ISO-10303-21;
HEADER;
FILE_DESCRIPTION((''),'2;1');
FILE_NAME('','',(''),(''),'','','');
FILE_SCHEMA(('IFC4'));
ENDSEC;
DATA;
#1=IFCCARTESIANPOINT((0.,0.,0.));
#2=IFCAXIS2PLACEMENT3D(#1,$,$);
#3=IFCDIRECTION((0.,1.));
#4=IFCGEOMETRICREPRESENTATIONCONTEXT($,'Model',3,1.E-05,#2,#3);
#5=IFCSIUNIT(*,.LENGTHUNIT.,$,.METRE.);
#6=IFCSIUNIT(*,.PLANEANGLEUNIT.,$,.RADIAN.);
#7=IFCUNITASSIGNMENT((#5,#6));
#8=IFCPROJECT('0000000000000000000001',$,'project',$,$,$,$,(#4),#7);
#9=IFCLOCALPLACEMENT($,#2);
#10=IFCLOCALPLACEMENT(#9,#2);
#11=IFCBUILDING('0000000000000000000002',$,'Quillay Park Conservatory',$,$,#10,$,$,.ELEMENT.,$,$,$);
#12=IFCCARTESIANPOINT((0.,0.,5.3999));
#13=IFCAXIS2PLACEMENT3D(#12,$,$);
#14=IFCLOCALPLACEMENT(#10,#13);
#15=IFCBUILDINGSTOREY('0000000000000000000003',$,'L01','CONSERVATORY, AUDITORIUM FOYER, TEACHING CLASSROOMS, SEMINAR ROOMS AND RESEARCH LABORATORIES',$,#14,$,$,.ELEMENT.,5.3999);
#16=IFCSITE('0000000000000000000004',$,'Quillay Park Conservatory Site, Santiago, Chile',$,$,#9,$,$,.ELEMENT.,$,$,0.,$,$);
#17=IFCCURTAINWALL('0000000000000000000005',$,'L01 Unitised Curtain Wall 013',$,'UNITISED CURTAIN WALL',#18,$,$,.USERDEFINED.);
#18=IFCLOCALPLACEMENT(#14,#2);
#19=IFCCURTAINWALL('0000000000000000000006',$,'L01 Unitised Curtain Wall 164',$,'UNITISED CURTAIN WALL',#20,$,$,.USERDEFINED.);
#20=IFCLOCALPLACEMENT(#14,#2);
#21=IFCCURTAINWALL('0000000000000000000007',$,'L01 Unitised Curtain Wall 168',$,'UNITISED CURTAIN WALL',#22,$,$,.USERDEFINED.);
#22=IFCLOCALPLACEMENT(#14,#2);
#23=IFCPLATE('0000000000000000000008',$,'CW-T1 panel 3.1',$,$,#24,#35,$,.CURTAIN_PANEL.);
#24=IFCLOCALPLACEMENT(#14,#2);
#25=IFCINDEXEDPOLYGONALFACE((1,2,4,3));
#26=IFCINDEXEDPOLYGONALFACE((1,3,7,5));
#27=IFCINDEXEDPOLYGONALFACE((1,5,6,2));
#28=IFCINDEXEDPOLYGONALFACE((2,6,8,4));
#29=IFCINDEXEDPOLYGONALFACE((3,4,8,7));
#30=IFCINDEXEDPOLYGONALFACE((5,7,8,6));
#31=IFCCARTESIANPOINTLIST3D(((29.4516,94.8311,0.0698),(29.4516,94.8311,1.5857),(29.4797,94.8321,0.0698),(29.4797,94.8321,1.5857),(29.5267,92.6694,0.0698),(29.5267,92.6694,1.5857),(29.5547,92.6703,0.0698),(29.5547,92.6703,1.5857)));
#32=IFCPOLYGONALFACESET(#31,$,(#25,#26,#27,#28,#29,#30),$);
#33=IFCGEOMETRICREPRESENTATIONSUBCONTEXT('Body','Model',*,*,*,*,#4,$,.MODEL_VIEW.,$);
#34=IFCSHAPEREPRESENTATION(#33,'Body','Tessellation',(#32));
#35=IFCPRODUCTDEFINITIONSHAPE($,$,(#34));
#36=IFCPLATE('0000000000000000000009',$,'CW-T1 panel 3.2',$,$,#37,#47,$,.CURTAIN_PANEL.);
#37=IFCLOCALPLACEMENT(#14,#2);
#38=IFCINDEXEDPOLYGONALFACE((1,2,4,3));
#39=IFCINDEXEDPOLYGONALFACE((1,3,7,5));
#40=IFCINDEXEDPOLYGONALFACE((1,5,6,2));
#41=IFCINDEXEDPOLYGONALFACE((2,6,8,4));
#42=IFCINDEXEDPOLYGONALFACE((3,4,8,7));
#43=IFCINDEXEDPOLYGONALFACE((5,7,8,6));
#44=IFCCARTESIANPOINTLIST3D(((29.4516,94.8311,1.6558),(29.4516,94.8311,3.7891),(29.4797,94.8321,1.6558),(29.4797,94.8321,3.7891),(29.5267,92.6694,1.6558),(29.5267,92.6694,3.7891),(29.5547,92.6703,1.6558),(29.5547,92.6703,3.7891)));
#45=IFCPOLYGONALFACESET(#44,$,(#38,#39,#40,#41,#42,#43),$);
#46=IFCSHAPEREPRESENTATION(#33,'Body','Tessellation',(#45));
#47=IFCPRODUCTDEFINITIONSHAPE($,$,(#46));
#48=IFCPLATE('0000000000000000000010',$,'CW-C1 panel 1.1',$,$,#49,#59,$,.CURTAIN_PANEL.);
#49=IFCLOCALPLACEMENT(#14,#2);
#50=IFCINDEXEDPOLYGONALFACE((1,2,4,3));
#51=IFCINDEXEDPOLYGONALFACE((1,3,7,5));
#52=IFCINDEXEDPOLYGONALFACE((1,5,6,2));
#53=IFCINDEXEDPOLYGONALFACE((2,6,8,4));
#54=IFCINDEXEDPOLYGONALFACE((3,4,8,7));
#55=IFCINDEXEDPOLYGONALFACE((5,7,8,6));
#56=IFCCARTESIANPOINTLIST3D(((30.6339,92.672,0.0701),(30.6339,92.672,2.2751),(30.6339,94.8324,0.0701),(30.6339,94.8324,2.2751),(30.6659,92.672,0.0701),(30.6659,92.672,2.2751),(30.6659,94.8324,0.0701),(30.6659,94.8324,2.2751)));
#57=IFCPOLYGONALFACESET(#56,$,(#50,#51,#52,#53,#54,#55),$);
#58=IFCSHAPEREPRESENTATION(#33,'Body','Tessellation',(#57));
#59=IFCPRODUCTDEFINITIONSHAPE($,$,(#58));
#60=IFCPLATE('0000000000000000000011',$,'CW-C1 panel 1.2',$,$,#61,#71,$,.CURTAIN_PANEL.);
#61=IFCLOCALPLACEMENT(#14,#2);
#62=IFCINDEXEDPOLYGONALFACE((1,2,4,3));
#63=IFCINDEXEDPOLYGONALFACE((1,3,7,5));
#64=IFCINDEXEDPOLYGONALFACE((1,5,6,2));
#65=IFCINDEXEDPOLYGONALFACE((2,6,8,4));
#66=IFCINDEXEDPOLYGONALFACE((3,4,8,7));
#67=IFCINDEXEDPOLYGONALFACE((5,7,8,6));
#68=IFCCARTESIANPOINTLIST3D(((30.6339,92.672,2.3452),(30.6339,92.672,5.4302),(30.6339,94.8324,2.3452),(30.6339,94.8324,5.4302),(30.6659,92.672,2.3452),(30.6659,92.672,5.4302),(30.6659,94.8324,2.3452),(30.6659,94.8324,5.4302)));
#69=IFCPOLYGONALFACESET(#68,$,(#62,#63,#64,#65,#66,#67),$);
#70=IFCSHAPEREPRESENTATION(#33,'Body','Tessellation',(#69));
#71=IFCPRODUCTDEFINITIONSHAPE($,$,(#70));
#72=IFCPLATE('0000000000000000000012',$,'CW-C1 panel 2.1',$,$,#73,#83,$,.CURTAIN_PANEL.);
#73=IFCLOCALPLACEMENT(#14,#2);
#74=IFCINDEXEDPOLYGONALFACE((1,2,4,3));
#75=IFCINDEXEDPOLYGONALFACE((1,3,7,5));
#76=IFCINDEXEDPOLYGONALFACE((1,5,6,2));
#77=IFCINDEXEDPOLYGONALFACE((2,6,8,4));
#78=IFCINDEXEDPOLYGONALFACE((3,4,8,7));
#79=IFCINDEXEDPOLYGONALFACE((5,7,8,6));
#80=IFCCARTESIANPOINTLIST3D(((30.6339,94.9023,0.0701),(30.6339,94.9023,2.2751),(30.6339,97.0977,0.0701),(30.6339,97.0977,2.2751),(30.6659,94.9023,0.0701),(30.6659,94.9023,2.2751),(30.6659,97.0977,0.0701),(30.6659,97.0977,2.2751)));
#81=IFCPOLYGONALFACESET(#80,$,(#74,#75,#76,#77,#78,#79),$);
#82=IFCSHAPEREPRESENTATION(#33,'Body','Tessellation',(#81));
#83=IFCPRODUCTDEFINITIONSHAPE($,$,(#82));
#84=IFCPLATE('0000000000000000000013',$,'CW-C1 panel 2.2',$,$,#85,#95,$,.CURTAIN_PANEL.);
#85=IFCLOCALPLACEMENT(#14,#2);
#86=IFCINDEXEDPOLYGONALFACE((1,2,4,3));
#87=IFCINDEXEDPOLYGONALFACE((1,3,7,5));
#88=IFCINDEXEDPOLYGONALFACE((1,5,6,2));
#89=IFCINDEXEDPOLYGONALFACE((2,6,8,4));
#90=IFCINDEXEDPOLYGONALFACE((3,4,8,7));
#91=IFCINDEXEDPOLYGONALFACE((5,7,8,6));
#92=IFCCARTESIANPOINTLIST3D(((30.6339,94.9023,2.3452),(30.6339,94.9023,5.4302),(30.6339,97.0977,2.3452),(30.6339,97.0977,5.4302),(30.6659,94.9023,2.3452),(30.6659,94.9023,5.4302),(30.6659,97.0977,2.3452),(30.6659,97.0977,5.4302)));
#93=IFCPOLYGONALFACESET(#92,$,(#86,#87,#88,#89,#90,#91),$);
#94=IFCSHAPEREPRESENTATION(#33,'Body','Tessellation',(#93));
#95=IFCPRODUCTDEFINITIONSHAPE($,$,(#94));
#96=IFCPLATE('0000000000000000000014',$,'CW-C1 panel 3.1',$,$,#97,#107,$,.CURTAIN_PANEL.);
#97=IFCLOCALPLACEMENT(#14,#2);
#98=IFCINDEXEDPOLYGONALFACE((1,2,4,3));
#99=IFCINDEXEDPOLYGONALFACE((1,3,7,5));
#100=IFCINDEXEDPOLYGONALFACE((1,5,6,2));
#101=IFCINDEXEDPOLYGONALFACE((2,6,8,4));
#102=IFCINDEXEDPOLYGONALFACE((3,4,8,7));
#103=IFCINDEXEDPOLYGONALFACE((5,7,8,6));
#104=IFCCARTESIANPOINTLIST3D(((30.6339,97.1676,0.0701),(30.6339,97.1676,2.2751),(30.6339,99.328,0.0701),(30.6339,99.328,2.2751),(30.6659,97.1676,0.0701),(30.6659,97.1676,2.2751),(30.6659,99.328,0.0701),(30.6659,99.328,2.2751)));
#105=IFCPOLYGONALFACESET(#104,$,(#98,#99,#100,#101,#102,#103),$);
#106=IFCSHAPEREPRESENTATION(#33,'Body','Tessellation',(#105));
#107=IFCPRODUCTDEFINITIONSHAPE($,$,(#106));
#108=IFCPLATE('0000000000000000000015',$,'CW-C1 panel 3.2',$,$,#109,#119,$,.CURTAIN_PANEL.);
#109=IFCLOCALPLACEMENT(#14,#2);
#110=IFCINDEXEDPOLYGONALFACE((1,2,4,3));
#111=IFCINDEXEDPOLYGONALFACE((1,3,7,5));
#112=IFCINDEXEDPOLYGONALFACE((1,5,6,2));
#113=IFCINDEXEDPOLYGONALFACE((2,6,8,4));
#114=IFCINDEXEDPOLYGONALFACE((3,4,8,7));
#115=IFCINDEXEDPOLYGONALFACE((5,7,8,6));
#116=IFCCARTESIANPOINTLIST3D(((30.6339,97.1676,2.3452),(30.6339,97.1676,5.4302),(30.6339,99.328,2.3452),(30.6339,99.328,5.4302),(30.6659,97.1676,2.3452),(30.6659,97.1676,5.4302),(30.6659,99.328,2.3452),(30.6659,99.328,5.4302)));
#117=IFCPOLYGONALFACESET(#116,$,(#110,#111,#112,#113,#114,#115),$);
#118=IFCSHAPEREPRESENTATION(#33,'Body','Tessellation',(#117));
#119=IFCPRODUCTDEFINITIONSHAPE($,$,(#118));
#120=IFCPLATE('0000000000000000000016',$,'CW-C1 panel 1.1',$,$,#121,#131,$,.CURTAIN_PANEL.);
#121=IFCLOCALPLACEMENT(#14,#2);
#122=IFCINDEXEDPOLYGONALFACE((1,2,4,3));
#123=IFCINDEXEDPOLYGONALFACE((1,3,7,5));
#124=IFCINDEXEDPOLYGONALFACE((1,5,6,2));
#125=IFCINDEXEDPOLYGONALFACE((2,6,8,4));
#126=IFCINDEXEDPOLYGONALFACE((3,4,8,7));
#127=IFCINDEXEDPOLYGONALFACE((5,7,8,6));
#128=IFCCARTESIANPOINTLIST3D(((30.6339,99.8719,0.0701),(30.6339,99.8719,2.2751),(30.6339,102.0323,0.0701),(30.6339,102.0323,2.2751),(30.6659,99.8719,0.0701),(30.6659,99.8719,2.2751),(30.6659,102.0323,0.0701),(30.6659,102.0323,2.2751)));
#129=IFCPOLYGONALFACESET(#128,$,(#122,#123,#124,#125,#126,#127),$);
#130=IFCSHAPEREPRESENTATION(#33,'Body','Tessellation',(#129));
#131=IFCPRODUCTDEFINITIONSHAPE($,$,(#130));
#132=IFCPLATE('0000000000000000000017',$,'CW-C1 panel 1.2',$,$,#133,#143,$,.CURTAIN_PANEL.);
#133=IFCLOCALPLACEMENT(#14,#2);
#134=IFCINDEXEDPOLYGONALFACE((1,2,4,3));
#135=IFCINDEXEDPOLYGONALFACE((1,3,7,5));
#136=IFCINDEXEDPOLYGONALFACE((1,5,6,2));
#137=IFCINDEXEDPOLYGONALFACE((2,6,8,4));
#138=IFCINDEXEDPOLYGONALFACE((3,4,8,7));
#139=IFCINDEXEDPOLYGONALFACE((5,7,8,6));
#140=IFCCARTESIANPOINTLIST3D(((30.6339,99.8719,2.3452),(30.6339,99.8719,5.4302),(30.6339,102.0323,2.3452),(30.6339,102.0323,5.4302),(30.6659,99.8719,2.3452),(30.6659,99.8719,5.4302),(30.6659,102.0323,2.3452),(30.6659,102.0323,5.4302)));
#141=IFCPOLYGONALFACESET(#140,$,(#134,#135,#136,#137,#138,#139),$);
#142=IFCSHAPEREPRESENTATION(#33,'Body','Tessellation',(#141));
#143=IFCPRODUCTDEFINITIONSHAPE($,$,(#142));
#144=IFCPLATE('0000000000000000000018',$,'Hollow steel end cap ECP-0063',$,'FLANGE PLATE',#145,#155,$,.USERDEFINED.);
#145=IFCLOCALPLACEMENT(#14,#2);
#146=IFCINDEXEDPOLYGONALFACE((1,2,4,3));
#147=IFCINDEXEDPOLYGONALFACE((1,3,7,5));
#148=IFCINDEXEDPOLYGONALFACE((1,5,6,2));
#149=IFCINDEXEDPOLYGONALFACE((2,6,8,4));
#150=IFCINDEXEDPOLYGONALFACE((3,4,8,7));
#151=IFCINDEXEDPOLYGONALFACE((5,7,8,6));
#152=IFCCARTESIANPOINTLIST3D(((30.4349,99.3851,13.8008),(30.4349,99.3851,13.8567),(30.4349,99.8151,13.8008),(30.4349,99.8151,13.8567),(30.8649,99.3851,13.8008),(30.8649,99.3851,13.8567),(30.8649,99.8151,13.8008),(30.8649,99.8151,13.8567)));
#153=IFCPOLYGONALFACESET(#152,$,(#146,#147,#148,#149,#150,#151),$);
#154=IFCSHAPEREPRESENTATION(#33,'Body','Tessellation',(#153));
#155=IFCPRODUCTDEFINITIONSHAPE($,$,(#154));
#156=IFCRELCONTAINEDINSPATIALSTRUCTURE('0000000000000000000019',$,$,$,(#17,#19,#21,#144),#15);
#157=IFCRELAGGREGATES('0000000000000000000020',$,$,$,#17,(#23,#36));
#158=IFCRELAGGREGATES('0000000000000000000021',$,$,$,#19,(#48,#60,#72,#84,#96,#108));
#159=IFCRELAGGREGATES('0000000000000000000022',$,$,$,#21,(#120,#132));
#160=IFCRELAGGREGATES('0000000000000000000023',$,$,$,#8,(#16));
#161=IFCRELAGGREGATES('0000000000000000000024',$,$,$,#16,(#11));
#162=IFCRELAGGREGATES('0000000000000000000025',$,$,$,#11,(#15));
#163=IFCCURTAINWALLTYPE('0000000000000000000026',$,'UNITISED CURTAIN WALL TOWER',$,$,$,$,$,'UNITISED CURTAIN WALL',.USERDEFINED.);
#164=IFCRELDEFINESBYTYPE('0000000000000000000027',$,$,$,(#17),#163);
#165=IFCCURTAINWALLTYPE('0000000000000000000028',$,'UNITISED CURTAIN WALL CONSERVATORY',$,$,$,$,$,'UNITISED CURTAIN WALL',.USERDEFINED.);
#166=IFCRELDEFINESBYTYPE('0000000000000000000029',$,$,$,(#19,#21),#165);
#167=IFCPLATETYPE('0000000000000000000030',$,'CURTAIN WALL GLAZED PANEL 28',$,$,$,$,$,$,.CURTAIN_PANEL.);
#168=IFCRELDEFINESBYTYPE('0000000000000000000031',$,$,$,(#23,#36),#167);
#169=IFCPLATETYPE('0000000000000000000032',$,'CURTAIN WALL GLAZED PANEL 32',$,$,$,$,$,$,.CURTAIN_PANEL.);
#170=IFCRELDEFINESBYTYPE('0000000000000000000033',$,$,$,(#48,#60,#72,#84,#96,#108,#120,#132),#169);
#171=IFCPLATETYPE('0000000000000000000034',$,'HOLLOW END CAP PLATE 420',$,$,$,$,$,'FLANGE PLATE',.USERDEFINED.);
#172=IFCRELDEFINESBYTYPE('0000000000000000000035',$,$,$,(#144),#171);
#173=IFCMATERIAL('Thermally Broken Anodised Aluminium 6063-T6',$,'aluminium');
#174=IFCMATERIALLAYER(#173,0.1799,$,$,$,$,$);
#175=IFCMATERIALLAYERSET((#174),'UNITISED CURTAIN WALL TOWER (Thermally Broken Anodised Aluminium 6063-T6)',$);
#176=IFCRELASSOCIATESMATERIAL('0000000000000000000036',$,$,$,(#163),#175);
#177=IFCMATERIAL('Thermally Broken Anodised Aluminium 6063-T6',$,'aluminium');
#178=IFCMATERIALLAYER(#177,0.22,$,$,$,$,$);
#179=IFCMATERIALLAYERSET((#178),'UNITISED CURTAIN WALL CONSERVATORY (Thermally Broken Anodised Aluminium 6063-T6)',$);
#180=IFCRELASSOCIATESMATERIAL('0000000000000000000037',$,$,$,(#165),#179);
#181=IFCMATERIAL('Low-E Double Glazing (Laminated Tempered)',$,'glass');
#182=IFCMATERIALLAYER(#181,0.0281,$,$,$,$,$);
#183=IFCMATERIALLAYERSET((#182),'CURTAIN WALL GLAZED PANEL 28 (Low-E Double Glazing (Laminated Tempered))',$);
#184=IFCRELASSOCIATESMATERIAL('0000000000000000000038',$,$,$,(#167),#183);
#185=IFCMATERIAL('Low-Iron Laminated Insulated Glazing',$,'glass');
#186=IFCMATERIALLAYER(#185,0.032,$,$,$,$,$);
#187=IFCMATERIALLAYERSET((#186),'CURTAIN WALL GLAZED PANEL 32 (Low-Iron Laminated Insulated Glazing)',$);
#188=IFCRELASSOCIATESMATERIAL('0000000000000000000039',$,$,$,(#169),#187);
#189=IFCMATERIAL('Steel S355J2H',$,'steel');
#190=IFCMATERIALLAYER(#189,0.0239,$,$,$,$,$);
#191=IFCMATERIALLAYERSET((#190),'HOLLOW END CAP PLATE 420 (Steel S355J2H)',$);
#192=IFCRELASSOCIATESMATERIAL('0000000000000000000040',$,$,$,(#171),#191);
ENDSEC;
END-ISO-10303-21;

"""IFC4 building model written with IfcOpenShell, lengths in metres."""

from ifc_helpers import new_model, si_unit, direction, frame, origin, origin_2d, place, context, subcontext, project, spatial, rectangle, extrude, material, layer, layer_set, type_object, element, aggregate, save


model = new_model("IFC4")

# Units and contexts
model_context = context("Model", 3, precision=1e-05, world=origin(), true_north=direction((0.0, 1.0)))
body_context = subcontext(model_context, "Body", "Model", "MODEL_VIEW")
ifc_project = project(units=[si_unit("LENGTHUNIT", "METRE"), si_unit("PLANEANGLEUNIT", "RADIAN")], contexts=[model_context])

# Site, building, storey
site_placement = place(None, origin())
site = spatial("IfcSite", under=ifc_project, at=site_placement, Name="Quillay Park Conservatory Site, Santiago, Chile", CompositionType="ELEMENT", RefElevation=0.0)
building_placement = place(site_placement, origin())
building = spatial("IfcBuilding", under=site, at=building_placement, Name="Quillay Park Conservatory", CompositionType="ELEMENT")
storey_placement = place(building_placement, frame((0.0, 0.0, 5.3999)))
storey = spatial("IfcBuildingStorey", under=building, at=storey_placement, Name="L01", Description="CONSERVATORY, AUDITORIUM FOYER, TEACHING CLASSROOMS, SEMINAR ROOMS AND RESEARCH LABORATORIES", CompositionType="ELEMENT", Elevation=5.3999)

# Curtain walls
ifc_material_1 = material(Name="Thermally Broken Anodised Aluminium 6063-T6", Category="aluminium")
ifc_layer_1 = layer(ifc_material_1, 0.1799)
ifc_layer_set_1 = layer_set([ifc_layer_1], Name="UNITISED CURTAIN WALL TOWER (Thermally Broken Anodised Aluminium 6063-T6)")
curtain_wall_type_1 = type_object("IfcCurtainWallType", Name="UNITISED CURTAIN WALL TOWER", ElementType="UNITISED CURTAIN WALL", PredefinedType="USERDEFINED", material=ifc_layer_set_1)
curtain_wall_1_placement = place(storey_placement, origin())
curtain_wall_1 = element("IfcCurtainWall", 1, at=curtain_wall_1_placement, inside=storey, type_object=curtain_wall_type_1, Name="L01 Unitised Curtain Wall 013", ObjectType="UNITISED CURTAIN WALL", PredefinedType="USERDEFINED")
ifc_material_2 = material(Name="Thermally Broken Anodised Aluminium 6063-T6", Category="aluminium")
ifc_layer_2 = layer(ifc_material_2, 0.22)
ifc_layer_set_2 = layer_set([ifc_layer_2], Name="UNITISED CURTAIN WALL CONSERVATORY (Thermally Broken Anodised Aluminium 6063-T6)")
curtain_wall_type_2 = type_object("IfcCurtainWallType", Name="UNITISED CURTAIN WALL CONSERVATORY", ElementType="UNITISED CURTAIN WALL", PredefinedType="USERDEFINED", material=ifc_layer_set_2)
curtain_wall_2_placement = place(storey_placement, origin())
curtain_wall_2 = element("IfcCurtainWall", 2, at=curtain_wall_2_placement, inside=storey, type_object=curtain_wall_type_2, Name="L01 Unitised Curtain Wall 164", ObjectType="UNITISED CURTAIN WALL", PredefinedType="USERDEFINED")
curtain_wall_3_placement = place(storey_placement, origin())
curtain_wall_3 = element("IfcCurtainWall", 3, at=curtain_wall_3_placement, inside=storey, type_object=curtain_wall_type_2, Name="L01 Unitised Curtain Wall 168", ObjectType="UNITISED CURTAIN WALL", PredefinedType="USERDEFINED")

# Plates
ifc_material_3 = material(Name="Low-E Double Glazing (Laminated Tempered)", Category="glass")
ifc_layer_3 = layer(ifc_material_3, 0.0281)
ifc_layer_set_3 = layer_set([ifc_layer_3], Name="CURTAIN WALL GLAZED PANEL 28 (Low-E Double Glazing (Laminated Tempered))")
plate_type_1 = type_object("IfcPlateType", Name="CURTAIN WALL GLAZED PANEL 28", PredefinedType="CURTAIN_PANEL", material=ifc_layer_set_3)
plate_1_placement = place(storey_placement, frame((29.5032, 93.7507, 0.0698), z_axis=(0.0, 0.0, 1.0), x_axis=(0.034713, -0.999397, 0.0)))
plate_1 = element("IfcPlate", 4, at=plate_1_placement, type_object=plate_type_1, Name="CW-T1 panel 3.1", PredefinedType="CURTAIN_PANEL", context=body_context, shape_type="SweptSolid", body=[
    extrude(rectangle(XDim=2.1631, YDim=0.0281, at=origin_2d()), origin(), (0.0, 0.0, 1.0), 1.5159),
])
plate_2_placement = place(storey_placement, frame((29.5032, 93.7507, 1.6558), z_axis=(0.0, 0.0, 1.0), x_axis=(0.034713, -0.999397, 0.0)))
plate_2 = element("IfcPlate", 5, at=plate_2_placement, type_object=plate_type_1, Name="CW-T1 panel 3.2", PredefinedType="CURTAIN_PANEL", context=body_context, shape_type="SweptSolid", body=[
    extrude(rectangle(XDim=2.1631, YDim=0.0281, at=origin_2d()), origin(), (0.0, 0.0, 1.0), 2.1333),
])
aggregate(curtain_wall_1, [plate_1, plate_2])
ifc_material_4 = material(Name="Low-Iron Laminated Insulated Glazing", Category="glass")
ifc_layer_4 = layer(ifc_material_4, 0.032)
ifc_layer_set_4 = layer_set([ifc_layer_4], Name="CURTAIN WALL GLAZED PANEL 32 (Low-Iron Laminated Insulated Glazing)")
plate_type_2 = type_object("IfcPlateType", Name="CURTAIN WALL GLAZED PANEL 32", PredefinedType="CURTAIN_PANEL", material=ifc_layer_set_4)
plate_3_placement = place(storey_placement, frame((30.6499, 93.7522, 0.0701), z_axis=(0.0, 0.0, 1.0), x_axis=(0.0, 1.0, 0.0)))
plate_3 = element("IfcPlate", 6, at=plate_3_placement, type_object=plate_type_2, Name="CW-C1 panel 1.1", PredefinedType="CURTAIN_PANEL", context=body_context, shape_type="SweptSolid", body=[
    extrude(rectangle(XDim=2.1604, YDim=0.032, at=origin_2d()), origin(), (0.0, 0.0, 1.0), 2.2051),
])
plate_4_placement = place(storey_placement, frame((30.6499, 93.7522, 2.3452), z_axis=(0.0, 0.0, 1.0), x_axis=(0.0, 1.0, 0.0)))
plate_4 = element("IfcPlate", 7, at=plate_4_placement, type_object=plate_type_2, Name="CW-C1 panel 1.2", PredefinedType="CURTAIN_PANEL", context=body_context, shape_type="SweptSolid", body=[
    extrude(rectangle(XDim=2.1604, YDim=0.032, at=origin_2d()), origin(), (0.0, 0.0, 1.0), 3.085),
])
plate_5_placement = place(storey_placement, frame((30.6499, 96.0, 0.0701), z_axis=(0.0, 0.0, 1.0), x_axis=(0.0, 1.0, 0.0)))
plate_5 = element("IfcPlate", 8, at=plate_5_placement, type_object=plate_type_2, Name="CW-C1 panel 2.1", PredefinedType="CURTAIN_PANEL", context=body_context, shape_type="SweptSolid", body=[
    extrude(rectangle(XDim=2.1953, YDim=0.032, at=origin_2d()), origin(), (0.0, 0.0, 1.0), 2.2051),
])
plate_6_placement = place(storey_placement, frame((30.6499, 96.0, 2.3452), z_axis=(0.0, 0.0, 1.0), x_axis=(0.0, 1.0, 0.0)))
plate_6 = element("IfcPlate", 9, at=plate_6_placement, type_object=plate_type_2, Name="CW-C1 panel 2.2", PredefinedType="CURTAIN_PANEL", context=body_context, shape_type="SweptSolid", body=[
    extrude(rectangle(XDim=2.1953, YDim=0.032, at=origin_2d()), origin(), (0.0, 0.0, 1.0), 3.085),
])
plate_7_placement = place(storey_placement, frame((30.6499, 98.2478, 0.0701), z_axis=(0.0, 0.0, 1.0), x_axis=(0.0, 1.0, 0.0)))
plate_7 = element("IfcPlate", 10, at=plate_7_placement, type_object=plate_type_2, Name="CW-C1 panel 3.1", PredefinedType="CURTAIN_PANEL", context=body_context, shape_type="SweptSolid", body=[
    extrude(rectangle(XDim=2.1604, YDim=0.032, at=origin_2d()), origin(), (0.0, 0.0, 1.0), 2.2051),
])
plate_8_placement = place(storey_placement, frame((30.6499, 98.2478, 2.3452), z_axis=(0.0, 0.0, 1.0), x_axis=(0.0, 1.0, 0.0)))
plate_8 = element("IfcPlate", 11, at=plate_8_placement, type_object=plate_type_2, Name="CW-C1 panel 3.2", PredefinedType="CURTAIN_PANEL", context=body_context, shape_type="SweptSolid", body=[
    extrude(rectangle(XDim=2.1604, YDim=0.032, at=origin_2d()), origin(), (0.0, 0.0, 1.0), 3.085),
])
aggregate(curtain_wall_2, [plate_3, plate_4, plate_5, plate_6, plate_7, plate_8])
plate_9_placement = place(storey_placement, frame((30.6499, 100.9521, 0.0701), z_axis=(0.0, 0.0, 1.0), x_axis=(0.0, 1.0, 0.0)))
plate_9 = element("IfcPlate", 12, at=plate_9_placement, type_object=plate_type_2, Name="CW-C1 panel 1.1", PredefinedType="CURTAIN_PANEL", context=body_context, shape_type="SweptSolid", body=[
    extrude(rectangle(XDim=2.1604, YDim=0.032, at=origin_2d()), origin(), (0.0, 0.0, 1.0), 2.2051),
])
plate_10_placement = place(storey_placement, frame((30.6499, 100.9521, 2.3452), z_axis=(0.0, 0.0, 1.0), x_axis=(0.0, 1.0, 0.0)))
plate_10 = element("IfcPlate", 13, at=plate_10_placement, type_object=plate_type_2, Name="CW-C1 panel 1.2", PredefinedType="CURTAIN_PANEL", context=body_context, shape_type="SweptSolid", body=[
    extrude(rectangle(XDim=2.1604, YDim=0.032, at=origin_2d()), origin(), (0.0, 0.0, 1.0), 3.085),
])
aggregate(curtain_wall_3, [plate_9, plate_10])
ifc_material_5 = material(Name="Steel S355J2H", Category="steel")
ifc_layer_5 = layer(ifc_material_5, 0.0239)
ifc_layer_set_5 = layer_set([ifc_layer_5], Name="HOLLOW END CAP PLATE 420 (Steel S355J2H)")
plate_type_3 = type_object("IfcPlateType", Name="HOLLOW END CAP PLATE 420", ElementType="FLANGE PLATE", PredefinedType="USERDEFINED", material=ifc_layer_set_5)
plate_11_placement = place(storey_placement, frame((30.6499, 99.6001, 13.8008), z_axis=(0.0, 0.0, 1.0), x_axis=(1.0, 0.0, 0.0)))
element("IfcPlate", 14, at=plate_11_placement, inside=storey, type_object=plate_type_3, Name="Hollow steel end cap ECP-0063", ObjectType="FLANGE PLATE", PredefinedType="USERDEFINED", context=body_context, shape_type="SweptSolid", body=[
    extrude(rectangle(XDim=0.4299, YDim=0.4299, at=origin_2d()), origin(), (0.0, 0.0, 1.0), 0.0559),
])

save(model, "model.ifc")
